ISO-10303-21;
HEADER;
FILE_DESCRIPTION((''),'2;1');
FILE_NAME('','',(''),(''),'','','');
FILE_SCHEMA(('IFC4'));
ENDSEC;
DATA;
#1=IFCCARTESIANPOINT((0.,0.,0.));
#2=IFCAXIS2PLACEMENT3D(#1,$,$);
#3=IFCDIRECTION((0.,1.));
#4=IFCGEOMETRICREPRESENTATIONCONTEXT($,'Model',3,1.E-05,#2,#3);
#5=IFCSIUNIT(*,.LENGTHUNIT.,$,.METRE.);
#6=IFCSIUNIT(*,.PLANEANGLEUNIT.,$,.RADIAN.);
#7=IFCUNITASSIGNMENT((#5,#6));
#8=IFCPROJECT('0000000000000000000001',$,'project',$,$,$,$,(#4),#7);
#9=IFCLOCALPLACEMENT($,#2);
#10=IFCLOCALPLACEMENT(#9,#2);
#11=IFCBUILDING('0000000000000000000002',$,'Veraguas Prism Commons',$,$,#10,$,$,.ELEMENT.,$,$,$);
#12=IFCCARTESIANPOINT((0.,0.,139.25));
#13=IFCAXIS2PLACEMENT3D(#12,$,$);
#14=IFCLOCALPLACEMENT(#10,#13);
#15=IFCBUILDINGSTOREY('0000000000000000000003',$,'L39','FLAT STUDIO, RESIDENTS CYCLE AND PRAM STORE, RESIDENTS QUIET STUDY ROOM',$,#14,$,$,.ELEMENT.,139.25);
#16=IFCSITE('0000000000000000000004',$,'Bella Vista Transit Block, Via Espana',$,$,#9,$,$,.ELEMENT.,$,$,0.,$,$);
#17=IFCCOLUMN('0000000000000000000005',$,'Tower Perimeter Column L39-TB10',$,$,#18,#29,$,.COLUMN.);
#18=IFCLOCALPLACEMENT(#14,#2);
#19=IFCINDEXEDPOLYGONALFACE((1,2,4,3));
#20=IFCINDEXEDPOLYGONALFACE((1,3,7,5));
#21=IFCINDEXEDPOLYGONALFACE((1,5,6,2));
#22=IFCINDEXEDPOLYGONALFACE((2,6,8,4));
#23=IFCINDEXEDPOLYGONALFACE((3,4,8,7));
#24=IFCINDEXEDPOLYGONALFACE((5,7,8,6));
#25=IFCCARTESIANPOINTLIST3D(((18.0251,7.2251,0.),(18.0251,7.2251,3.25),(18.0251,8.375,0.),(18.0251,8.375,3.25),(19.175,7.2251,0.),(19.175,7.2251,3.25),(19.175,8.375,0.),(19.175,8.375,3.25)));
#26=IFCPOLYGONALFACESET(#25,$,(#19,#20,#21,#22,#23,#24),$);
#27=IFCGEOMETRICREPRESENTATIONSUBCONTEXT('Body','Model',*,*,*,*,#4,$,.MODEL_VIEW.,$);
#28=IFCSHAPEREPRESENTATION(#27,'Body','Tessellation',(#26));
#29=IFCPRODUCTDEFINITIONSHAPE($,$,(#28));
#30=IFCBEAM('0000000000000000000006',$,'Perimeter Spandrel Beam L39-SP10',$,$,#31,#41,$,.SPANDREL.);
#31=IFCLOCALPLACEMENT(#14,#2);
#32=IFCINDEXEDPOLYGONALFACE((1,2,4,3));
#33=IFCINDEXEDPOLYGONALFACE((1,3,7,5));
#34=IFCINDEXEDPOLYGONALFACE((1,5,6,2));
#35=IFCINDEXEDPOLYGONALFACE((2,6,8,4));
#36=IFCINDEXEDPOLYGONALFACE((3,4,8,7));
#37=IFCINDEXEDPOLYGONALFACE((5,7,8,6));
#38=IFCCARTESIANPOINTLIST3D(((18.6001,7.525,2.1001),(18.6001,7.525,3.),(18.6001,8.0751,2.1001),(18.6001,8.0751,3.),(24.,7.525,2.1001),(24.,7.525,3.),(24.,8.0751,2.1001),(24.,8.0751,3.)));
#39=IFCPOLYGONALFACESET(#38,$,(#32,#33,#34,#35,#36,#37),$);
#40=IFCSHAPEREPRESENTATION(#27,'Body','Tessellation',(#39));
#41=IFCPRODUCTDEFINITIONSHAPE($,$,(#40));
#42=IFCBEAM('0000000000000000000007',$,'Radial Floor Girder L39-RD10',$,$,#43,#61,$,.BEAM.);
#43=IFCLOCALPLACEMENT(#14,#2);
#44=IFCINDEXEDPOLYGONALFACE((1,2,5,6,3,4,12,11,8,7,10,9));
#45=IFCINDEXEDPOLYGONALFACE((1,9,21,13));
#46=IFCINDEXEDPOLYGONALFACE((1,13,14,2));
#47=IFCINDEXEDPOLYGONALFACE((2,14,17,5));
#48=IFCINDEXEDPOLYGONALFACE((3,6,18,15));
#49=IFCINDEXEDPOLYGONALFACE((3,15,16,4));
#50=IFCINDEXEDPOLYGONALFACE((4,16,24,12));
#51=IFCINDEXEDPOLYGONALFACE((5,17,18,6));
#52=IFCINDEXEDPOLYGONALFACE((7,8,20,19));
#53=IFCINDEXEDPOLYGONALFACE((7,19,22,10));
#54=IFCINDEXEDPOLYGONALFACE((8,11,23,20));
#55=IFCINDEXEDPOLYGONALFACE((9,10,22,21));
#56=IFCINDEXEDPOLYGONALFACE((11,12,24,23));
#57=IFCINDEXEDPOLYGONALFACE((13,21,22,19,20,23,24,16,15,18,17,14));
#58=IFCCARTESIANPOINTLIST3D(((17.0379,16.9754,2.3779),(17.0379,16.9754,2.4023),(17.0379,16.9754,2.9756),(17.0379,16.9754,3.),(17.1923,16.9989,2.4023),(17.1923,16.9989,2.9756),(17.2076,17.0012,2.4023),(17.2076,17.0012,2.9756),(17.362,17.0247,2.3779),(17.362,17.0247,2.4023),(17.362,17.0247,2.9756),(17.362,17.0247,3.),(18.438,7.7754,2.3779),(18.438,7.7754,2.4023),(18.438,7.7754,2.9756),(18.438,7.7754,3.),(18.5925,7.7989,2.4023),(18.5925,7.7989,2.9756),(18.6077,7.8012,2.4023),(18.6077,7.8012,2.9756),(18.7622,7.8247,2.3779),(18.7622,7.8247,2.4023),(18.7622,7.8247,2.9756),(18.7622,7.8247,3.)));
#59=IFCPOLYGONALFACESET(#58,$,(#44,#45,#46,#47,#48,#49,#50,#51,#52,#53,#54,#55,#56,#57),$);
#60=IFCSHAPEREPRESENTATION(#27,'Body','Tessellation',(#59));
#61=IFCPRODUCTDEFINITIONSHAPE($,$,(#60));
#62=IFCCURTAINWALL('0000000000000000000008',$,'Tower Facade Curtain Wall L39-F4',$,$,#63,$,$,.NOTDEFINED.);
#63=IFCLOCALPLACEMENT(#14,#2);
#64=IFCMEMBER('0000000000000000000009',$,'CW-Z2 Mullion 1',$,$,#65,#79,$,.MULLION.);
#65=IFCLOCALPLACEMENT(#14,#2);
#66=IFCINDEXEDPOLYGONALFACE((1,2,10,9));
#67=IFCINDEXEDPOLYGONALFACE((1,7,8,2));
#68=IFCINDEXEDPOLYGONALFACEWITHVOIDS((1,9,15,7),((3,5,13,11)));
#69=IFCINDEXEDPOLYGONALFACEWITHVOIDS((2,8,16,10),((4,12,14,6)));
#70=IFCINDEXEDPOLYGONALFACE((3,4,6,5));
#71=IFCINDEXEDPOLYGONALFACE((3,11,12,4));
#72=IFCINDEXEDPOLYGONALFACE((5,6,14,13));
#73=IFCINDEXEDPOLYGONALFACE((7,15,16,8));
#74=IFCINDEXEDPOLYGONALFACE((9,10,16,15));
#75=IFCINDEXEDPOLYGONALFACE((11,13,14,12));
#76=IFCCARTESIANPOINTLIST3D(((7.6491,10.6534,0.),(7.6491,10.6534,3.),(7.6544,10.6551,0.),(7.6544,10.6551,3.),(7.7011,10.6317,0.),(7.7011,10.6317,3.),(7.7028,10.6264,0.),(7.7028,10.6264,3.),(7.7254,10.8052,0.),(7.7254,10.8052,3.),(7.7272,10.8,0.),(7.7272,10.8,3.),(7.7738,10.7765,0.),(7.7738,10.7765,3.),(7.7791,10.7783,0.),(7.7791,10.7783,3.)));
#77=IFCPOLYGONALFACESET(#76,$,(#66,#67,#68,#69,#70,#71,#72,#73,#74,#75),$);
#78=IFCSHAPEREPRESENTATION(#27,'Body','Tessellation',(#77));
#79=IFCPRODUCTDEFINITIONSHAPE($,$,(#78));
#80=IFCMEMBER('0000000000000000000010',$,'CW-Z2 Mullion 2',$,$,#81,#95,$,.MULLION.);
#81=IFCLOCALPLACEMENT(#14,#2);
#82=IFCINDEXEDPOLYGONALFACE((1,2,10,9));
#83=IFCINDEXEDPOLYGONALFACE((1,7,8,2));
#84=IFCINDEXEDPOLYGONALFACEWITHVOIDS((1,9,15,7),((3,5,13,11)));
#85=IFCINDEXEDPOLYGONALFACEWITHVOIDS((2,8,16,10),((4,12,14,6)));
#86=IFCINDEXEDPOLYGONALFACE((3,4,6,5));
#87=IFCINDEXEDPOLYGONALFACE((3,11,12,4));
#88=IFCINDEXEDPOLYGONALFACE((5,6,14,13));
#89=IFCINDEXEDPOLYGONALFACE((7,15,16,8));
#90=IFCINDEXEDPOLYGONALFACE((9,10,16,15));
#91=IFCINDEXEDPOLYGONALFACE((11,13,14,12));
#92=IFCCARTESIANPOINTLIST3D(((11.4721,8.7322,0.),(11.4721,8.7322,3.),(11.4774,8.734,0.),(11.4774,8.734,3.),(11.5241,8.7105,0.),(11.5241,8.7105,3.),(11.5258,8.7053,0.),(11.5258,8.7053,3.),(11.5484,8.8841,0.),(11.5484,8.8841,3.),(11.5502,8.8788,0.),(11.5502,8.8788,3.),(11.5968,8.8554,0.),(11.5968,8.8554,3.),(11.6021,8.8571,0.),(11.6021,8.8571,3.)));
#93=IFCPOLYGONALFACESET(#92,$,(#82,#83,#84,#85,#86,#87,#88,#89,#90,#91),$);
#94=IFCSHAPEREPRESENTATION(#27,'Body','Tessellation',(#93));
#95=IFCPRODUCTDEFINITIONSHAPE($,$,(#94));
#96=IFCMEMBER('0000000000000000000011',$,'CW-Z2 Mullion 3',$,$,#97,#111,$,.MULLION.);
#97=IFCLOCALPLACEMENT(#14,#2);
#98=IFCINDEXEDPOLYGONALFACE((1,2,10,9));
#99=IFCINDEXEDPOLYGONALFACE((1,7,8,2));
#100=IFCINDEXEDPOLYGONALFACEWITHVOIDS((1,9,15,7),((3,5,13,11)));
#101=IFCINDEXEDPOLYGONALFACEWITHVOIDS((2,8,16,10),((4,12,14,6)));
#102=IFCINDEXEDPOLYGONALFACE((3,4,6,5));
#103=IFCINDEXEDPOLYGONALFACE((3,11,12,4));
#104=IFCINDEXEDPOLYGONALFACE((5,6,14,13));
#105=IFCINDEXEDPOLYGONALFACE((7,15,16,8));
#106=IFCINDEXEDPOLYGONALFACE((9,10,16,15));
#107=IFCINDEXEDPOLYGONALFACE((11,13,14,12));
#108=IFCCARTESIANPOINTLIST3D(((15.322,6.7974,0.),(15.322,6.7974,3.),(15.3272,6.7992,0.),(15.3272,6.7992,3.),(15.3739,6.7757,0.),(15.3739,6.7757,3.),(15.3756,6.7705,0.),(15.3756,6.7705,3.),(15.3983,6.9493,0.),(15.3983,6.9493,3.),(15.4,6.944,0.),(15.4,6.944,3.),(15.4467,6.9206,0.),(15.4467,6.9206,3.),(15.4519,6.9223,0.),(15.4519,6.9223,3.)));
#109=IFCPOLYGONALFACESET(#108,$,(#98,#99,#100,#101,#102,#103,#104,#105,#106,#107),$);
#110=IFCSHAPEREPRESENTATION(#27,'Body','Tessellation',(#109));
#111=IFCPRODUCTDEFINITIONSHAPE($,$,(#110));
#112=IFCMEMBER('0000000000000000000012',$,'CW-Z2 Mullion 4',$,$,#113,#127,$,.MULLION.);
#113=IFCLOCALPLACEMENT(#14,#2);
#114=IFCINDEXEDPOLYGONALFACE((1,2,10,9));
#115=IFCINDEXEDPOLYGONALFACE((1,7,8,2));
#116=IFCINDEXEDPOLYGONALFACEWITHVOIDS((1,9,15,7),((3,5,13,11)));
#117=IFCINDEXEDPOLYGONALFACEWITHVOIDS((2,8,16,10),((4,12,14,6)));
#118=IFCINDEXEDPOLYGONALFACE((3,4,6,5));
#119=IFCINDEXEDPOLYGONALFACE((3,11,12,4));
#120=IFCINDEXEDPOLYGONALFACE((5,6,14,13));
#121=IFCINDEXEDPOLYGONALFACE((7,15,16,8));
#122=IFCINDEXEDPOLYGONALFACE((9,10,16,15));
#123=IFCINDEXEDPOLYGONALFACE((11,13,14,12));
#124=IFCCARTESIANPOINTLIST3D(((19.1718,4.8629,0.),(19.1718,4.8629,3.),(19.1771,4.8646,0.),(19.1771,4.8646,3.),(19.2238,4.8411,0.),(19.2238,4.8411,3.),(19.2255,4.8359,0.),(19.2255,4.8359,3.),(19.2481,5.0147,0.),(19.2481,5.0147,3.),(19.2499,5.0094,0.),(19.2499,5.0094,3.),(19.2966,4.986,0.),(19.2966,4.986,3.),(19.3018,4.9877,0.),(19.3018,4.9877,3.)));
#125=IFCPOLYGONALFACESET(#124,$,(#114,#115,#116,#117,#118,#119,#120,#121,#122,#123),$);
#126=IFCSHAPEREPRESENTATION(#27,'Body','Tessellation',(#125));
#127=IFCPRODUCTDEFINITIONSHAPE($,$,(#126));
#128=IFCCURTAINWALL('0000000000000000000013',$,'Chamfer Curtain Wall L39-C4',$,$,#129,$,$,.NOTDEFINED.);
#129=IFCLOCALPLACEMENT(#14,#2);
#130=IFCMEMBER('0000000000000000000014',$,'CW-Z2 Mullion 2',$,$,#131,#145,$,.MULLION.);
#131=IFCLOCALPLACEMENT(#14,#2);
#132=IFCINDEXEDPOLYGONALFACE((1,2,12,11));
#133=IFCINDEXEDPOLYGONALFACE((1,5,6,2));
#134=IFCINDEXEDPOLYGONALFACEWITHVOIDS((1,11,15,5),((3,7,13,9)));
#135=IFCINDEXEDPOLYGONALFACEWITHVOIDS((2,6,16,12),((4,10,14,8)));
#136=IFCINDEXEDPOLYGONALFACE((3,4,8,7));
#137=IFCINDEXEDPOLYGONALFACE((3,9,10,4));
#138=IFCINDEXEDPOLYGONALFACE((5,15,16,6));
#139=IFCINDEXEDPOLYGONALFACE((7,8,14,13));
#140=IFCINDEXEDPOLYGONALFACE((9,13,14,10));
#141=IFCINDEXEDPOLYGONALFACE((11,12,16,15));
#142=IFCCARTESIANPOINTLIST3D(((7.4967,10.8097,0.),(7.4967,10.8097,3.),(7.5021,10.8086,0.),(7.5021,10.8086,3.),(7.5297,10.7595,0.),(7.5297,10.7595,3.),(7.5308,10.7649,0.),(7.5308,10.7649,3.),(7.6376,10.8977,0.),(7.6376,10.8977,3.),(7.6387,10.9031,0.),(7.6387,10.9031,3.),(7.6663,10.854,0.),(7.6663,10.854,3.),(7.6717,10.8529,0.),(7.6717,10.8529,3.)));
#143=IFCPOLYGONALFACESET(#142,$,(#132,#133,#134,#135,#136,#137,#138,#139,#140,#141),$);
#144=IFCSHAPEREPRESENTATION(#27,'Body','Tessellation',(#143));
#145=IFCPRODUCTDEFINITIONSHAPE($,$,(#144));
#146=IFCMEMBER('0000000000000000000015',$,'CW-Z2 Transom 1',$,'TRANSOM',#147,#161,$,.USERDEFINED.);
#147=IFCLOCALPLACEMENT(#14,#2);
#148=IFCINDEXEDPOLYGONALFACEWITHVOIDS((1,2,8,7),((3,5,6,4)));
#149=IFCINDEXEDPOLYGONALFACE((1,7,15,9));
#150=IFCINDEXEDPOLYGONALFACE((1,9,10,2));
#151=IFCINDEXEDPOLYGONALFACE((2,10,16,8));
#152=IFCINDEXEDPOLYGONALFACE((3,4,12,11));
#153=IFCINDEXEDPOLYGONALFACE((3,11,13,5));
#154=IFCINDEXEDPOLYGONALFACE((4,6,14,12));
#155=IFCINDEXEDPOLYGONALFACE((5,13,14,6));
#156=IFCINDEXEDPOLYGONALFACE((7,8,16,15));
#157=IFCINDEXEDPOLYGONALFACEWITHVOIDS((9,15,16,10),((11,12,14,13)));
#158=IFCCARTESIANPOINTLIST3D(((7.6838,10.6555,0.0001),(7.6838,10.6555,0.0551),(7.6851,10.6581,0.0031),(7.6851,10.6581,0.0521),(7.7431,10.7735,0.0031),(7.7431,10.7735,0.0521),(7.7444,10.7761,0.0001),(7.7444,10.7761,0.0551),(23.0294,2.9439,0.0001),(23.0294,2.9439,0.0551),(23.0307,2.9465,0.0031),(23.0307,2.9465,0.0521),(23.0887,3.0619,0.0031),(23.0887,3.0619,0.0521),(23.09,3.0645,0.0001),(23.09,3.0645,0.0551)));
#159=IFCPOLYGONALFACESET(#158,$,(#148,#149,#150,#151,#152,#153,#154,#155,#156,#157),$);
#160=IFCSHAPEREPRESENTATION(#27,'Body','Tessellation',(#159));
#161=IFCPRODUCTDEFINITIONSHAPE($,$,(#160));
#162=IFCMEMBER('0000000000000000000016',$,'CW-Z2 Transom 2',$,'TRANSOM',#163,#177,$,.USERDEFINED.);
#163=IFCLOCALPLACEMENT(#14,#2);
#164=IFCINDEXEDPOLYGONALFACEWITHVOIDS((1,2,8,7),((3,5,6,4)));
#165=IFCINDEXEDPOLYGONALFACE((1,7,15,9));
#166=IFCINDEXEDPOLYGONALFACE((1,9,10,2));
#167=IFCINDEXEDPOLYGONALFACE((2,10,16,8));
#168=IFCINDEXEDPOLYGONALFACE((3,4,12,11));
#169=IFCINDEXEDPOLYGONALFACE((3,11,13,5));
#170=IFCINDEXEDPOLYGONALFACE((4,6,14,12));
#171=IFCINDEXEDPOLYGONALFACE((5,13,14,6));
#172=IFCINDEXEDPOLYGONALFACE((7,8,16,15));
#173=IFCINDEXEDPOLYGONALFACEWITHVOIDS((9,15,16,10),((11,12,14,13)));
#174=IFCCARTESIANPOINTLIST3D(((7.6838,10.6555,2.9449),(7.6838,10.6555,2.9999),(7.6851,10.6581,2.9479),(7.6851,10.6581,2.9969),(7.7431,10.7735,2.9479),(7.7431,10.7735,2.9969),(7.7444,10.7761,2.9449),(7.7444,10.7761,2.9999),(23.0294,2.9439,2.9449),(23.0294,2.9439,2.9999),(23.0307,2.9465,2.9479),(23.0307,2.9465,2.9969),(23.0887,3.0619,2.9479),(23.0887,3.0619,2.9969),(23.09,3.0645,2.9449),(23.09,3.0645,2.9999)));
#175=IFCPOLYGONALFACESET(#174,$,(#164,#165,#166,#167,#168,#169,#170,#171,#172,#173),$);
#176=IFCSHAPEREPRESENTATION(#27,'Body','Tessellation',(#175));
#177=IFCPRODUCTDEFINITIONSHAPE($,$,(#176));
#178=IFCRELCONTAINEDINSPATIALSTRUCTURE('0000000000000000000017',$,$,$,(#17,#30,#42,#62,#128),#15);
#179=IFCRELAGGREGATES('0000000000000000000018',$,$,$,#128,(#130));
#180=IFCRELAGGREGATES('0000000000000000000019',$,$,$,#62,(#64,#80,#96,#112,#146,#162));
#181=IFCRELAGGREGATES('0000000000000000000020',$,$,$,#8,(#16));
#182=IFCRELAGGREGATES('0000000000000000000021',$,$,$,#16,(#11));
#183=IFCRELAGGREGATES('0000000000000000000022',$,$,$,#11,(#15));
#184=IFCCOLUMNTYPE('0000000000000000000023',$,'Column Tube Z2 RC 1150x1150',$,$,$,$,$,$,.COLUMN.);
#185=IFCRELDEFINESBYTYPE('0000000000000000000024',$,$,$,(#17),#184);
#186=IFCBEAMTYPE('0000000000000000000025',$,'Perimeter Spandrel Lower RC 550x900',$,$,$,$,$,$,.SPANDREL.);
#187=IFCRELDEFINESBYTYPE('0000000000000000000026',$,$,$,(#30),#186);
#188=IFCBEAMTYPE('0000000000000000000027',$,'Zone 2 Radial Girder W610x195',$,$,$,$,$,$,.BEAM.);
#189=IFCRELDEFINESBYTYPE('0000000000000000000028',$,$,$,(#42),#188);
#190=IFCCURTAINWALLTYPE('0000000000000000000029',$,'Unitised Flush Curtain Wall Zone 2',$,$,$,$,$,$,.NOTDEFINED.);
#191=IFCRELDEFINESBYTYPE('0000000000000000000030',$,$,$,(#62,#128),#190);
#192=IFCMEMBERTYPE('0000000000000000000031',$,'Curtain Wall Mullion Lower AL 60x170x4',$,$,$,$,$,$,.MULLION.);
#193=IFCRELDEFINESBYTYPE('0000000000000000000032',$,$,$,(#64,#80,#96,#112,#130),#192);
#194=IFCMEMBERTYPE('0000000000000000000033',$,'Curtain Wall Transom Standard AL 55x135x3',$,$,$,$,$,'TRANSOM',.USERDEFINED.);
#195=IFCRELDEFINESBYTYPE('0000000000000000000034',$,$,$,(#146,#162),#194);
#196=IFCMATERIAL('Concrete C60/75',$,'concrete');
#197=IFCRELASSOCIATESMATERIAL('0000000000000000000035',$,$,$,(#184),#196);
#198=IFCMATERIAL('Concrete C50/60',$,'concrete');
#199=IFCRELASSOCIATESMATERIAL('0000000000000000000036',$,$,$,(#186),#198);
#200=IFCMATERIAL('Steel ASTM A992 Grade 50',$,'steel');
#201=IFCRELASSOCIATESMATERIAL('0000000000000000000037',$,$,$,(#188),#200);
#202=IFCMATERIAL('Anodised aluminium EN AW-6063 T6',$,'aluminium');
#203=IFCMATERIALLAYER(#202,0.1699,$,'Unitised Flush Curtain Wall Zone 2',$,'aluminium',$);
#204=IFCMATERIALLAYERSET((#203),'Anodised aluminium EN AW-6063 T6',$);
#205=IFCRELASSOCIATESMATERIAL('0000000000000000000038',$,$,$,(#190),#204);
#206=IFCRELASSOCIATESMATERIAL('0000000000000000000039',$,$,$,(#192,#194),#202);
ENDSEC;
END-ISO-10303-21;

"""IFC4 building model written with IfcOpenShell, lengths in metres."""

from ifc_helpers import new_model, si_unit, direction, frame, origin, origin_2d, place, context, subcontext, project, spatial, rectangle, hollow_rectangle, i_section, extrude, source, transform, mapped, material, layer, layer_set, material_profile, profile_set, type_object, element, aggregate, save


model = new_model("IFC4")

# Units and contexts
model_context = context("Model", 3, precision=1e-05, world=origin(), true_north=direction((0.0, 1.0)))
body_context = subcontext(model_context, "Body", "Model", "MODEL_VIEW")
ifc_project = project(units=[si_unit("LENGTHUNIT", "METRE"), si_unit("PLANEANGLEUNIT", "RADIAN")], contexts=[model_context])

# Site, building, storey
site_placement = place(None, origin())
site = spatial("IfcSite", under=ifc_project, at=site_placement, Name="Bella Vista Transit Block, Via Espana", CompositionType="ELEMENT", RefElevation=0.0)
building_placement = place(site_placement, origin())
building = spatial("IfcBuilding", under=site, at=building_placement, Name="Veraguas Prism Commons", CompositionType="ELEMENT")
storey_placement = place(building_placement, frame((0.0, 0.0, 139.25)))
storey = spatial("IfcBuildingStorey", under=building, at=storey_placement, Name="L39", Description="FLAT STUDIO, RESIDENTS CYCLE AND PRAM STORE, RESIDENTS QUIET STUDY ROOM", CompositionType="ELEMENT", Elevation=139.25)

# Column
ifc_material_1 = material(Name="Concrete C60/75", Category="concrete")
ifc_material_profile_1 = material_profile(ifc_material_1, rectangle(XDim=1.1499, YDim=1.1499, at=origin_2d()), Name="RC1150X1150")
ifc_profile_set_1 = profile_set([ifc_material_profile_1], Name="Concrete C60/75")
column_type = type_object("IfcColumnType", Name="Column Tube Z2 RC 1150x1150", PredefinedType="COLUMN", material=ifc_profile_set_1)
column_placement = place(storey_placement, frame((18.6001, 7.8, 0.0), z_axis=(0.0, 0.0, 1.0), x_axis=(1.0, 0.0, 0.0)))
element("IfcColumn", 1, at=column_placement, inside=storey, type_object=column_type, Name="Tower Perimeter Column L39-TB10", PredefinedType="COLUMN", context=body_context, shape_type="SweptSolid", body=[
    extrude(rectangle(XDim=1.1499, YDim=1.1499, at=origin_2d()), origin(), (0.0, 0.0, 1.0), 3.25),
])

# Beams
ifc_material_2 = material(Name="Concrete C50/60", Category="concrete")
ifc_material_profile_2 = material_profile(ifc_material_2, rectangle(XDim=0.55, YDim=0.8999, at=origin_2d()), Name="RC550X900")
ifc_profile_set_2 = profile_set([ifc_material_profile_2], Name="Concrete C50/60")
beam_type_1 = type_object("IfcBeamType", Name="Perimeter Spandrel Lower RC 550x900", PredefinedType="SPANDREL", material=ifc_profile_set_2)
beam_1_placement = place(storey_placement, frame((18.6001, 7.8, 2.55), z_axis=(1.0, 0.0, 0.0), x_axis=(0.0, 1.0, 0.0)))
element("IfcBeam", 2, at=beam_1_placement, inside=storey, type_object=beam_type_1, Name="Perimeter Spandrel Beam L39-SP10", PredefinedType="SPANDREL", context=body_context, shape_type="SweptSolid", body=[
    extrude(rectangle(XDim=0.55, YDim=0.8999, at=origin_2d()), origin(), (0.0, 0.0, 1.0), 5.3999),
])
ifc_material_3 = material(Name="Steel ASTM A992 Grade 50", Category="steel")
ifc_material_profile_3 = material_profile(ifc_material_3, i_section(OverallWidth=0.3279, OverallDepth=0.6221, WebThickness=0.0154, FlangeThickness=0.0244, at=origin_2d()), Name="W610X195")
ifc_profile_set_3 = profile_set([ifc_material_profile_3], Name="Steel ASTM A992 Grade 50")
beam_type_2 = type_object("IfcBeamType", Name="Zone 2 Radial Girder W610x195", PredefinedType="BEAM", material=ifc_profile_set_3)
beam_2_placement = place(storey_placement, frame((18.6001, 7.8, 2.689), z_axis=(-0.150458, 0.988616, 0.0), x_axis=(-0.988616, -0.150458, 0.0)))
element("IfcBeam", 3, at=beam_2_placement, inside=storey, type_object=beam_type_2, Name="Radial Floor Girder L39-RD10", PredefinedType="BEAM", context=body_context, shape_type="SweptSolid", body=[
    extrude(i_section(OverallWidth=0.3279, OverallDepth=0.6221, WebThickness=0.0154, FlangeThickness=0.0244, at=origin_2d()), origin(), (0.0, 0.0, 1.0), 9.3059),
])

# Curtain wall, members
ifc_material_4 = material(Name="Anodised aluminium EN AW-6063 T6", Category="aluminium")
ifc_layer_1 = layer(ifc_material_4, 0.1699, Name="Unitised Flush Curtain Wall Zone 2", Category="aluminium")
ifc_layer_set_1 = layer_set([ifc_layer_1], Name="Anodised aluminium EN AW-6063 T6")
curtain_wall_type = type_object("IfcCurtainWallType", Name="Unitised Flush Curtain Wall Zone 2", PredefinedType="NOTDEFINED", material=ifc_layer_set_1)
curtain_wall_1_placement = place(storey_placement, origin())
curtain_wall_1 = element("IfcCurtainWall", 4, at=curtain_wall_1_placement, inside=storey, type_object=curtain_wall_type, Name="Tower Facade Curtain Wall L39-F4", PredefinedType="NOTDEFINED")
ifc_material_profile_4 = material_profile(ifc_material_4, hollow_rectangle(XDim=0.0601, YDim=0.1699, WallThickness=0.0039, at=origin_2d()), Name="AL60X170X4")
ifc_profile_set_4 = profile_set([ifc_material_profile_4], Name="Anodised aluminium EN AW-6063 T6")
member_type_1 = type_object("IfcMemberType", Name="Curtain Wall Mullion Lower AL 60x170x4", PredefinedType="MULLION", material=ifc_profile_set_4)
shared_shape_1 = source(origin(), body_context, "Body", "SweptSolid", [
    extrude(hollow_rectangle(XDim=0.0601, YDim=0.1699, WallThickness=0.0039, at=origin_2d()), origin(), (0.0, 0.0, 1.0), 3.0),
])
member_1_placement = place(storey_placement, frame((7.7141, 10.7158, 0.0), z_axis=(0.0, 0.0, 1.0), x_axis=(0.893526, -0.449012, 0.0)))
member_1 = element("IfcMember", 5, at=member_1_placement, type_object=member_type_1, Name="CW-Z2 Mullion 1", PredefinedType="MULLION", context=body_context, shape_type="MappedRepresentation", body=[
    mapped(shared_shape_1, transform((0.0, 0.0, 0.0), scale=1.0)),
])
member_2_placement = place(storey_placement, frame((11.5371, 8.7947, 0.0), z_axis=(0.0, 0.0, 1.0), x_axis=(0.893526, -0.449012, 0.0)))
member_2 = element("IfcMember", 6, at=member_2_placement, type_object=member_type_1, Name="CW-Z2 Mullion 2", PredefinedType="MULLION", context=body_context, shape_type="MappedRepresentation", body=[
    mapped(shared_shape_1, transform((0.0, 0.0, 0.0), scale=1.0)),
])
member_3_placement = place(storey_placement, frame((15.387, 6.8599, 0.0), z_axis=(0.0, 0.0, 1.0), x_axis=(0.893526, -0.449012, 0.0)))
member_3 = element("IfcMember", 7, at=member_3_placement, type_object=member_type_1, Name="CW-Z2 Mullion 3", PredefinedType="MULLION", context=body_context, shape_type="MappedRepresentation", body=[
    mapped(shared_shape_1, transform((0.0, 0.0, 0.0), scale=1.0)),
])
member_4_placement = place(storey_placement, frame((19.2368, 4.9253, 0.0), z_axis=(0.0, 0.0, 1.0), x_axis=(0.893526, -0.449012, 0.0)))
member_4 = element("IfcMember", 8, at=member_4_placement, type_object=member_type_1, Name="CW-Z2 Mullion 4", PredefinedType="MULLION", context=body_context, shape_type="MappedRepresentation", body=[
    mapped(shared_shape_1, transform((0.0, 0.0, 0.0), scale=1.0)),
])

# Curtain wall, member
curtain_wall_2_placement = place(storey_placement, origin())
curtain_wall_2 = element("IfcCurtainWall", 9, at=curtain_wall_2_placement, inside=storey, type_object=curtain_wall_type, Name="Chamfer Curtain Wall L39-C4", PredefinedType="NOTDEFINED")
member_5_placement = place(storey_placement, frame((7.5842, 10.8313, 0.0), z_axis=(0.0, 0.0, 1.0), x_axis=(0.549298, -0.835626, 0.0)))
member_5 = element("IfcMember", 10, at=member_5_placement, type_object=member_type_1, Name="CW-Z2 Mullion 2", PredefinedType="MULLION", context=body_context, shape_type="MappedRepresentation", body=[
    mapped(shared_shape_1, transform((0.0, 0.0, 0.0), scale=1.0)),
])
aggregate(curtain_wall_2, [member_5])

# Members
ifc_material_profile_5 = material_profile(ifc_material_4, hollow_rectangle(XDim=0.0549, YDim=0.135, WallThickness=0.0029, at=origin_2d()), Name="AL55X135X3")
ifc_profile_set_5 = profile_set([ifc_material_profile_5], Name="Anodised aluminium EN AW-6063 T6")
member_type_2 = type_object("IfcMemberType", Name="Curtain Wall Transom Standard AL 55x135x3", ElementType="TRANSOM", PredefinedType="USERDEFINED", material=ifc_profile_set_5)
shared_shape_2 = source(origin(), body_context, "Body", "SweptSolid", [
    extrude(hollow_rectangle(XDim=0.0549, YDim=0.135, WallThickness=0.0029, at=origin_2d()), origin(), (0.0, 0.0, 1.0), 17.1743),
])
member_6_placement = place(storey_placement, frame((7.7141, 10.7158, 0.0276), z_axis=(0.893521, -0.449021, 0.0), x_axis=(0.0, 0.0, 1.0)))
member_6 = element("IfcMember", 11, at=member_6_placement, type_object=member_type_2, Name="CW-Z2 Transom 1", ObjectType="TRANSOM", PredefinedType="USERDEFINED", context=body_context, shape_type="MappedRepresentation", body=[
    mapped(shared_shape_2, transform((0.0, 0.0, 0.0), scale=1.0)),
])
member_7_placement = place(storey_placement, frame((7.7141, 10.7158, 2.9724), z_axis=(0.893521, -0.449021, 0.0), x_axis=(0.0, 0.0, 1.0)))
member_7 = element("IfcMember", 12, at=member_7_placement, type_object=member_type_2, Name="CW-Z2 Transom 2", ObjectType="TRANSOM", PredefinedType="USERDEFINED", context=body_context, shape_type="MappedRepresentation", body=[
    mapped(shared_shape_2, transform((0.0, 0.0, 0.0), scale=1.0)),
])

aggregate(curtain_wall_1, [member_1, member_2, member_3, member_4, member_6, member_7])

save(model, "model.ifc")
